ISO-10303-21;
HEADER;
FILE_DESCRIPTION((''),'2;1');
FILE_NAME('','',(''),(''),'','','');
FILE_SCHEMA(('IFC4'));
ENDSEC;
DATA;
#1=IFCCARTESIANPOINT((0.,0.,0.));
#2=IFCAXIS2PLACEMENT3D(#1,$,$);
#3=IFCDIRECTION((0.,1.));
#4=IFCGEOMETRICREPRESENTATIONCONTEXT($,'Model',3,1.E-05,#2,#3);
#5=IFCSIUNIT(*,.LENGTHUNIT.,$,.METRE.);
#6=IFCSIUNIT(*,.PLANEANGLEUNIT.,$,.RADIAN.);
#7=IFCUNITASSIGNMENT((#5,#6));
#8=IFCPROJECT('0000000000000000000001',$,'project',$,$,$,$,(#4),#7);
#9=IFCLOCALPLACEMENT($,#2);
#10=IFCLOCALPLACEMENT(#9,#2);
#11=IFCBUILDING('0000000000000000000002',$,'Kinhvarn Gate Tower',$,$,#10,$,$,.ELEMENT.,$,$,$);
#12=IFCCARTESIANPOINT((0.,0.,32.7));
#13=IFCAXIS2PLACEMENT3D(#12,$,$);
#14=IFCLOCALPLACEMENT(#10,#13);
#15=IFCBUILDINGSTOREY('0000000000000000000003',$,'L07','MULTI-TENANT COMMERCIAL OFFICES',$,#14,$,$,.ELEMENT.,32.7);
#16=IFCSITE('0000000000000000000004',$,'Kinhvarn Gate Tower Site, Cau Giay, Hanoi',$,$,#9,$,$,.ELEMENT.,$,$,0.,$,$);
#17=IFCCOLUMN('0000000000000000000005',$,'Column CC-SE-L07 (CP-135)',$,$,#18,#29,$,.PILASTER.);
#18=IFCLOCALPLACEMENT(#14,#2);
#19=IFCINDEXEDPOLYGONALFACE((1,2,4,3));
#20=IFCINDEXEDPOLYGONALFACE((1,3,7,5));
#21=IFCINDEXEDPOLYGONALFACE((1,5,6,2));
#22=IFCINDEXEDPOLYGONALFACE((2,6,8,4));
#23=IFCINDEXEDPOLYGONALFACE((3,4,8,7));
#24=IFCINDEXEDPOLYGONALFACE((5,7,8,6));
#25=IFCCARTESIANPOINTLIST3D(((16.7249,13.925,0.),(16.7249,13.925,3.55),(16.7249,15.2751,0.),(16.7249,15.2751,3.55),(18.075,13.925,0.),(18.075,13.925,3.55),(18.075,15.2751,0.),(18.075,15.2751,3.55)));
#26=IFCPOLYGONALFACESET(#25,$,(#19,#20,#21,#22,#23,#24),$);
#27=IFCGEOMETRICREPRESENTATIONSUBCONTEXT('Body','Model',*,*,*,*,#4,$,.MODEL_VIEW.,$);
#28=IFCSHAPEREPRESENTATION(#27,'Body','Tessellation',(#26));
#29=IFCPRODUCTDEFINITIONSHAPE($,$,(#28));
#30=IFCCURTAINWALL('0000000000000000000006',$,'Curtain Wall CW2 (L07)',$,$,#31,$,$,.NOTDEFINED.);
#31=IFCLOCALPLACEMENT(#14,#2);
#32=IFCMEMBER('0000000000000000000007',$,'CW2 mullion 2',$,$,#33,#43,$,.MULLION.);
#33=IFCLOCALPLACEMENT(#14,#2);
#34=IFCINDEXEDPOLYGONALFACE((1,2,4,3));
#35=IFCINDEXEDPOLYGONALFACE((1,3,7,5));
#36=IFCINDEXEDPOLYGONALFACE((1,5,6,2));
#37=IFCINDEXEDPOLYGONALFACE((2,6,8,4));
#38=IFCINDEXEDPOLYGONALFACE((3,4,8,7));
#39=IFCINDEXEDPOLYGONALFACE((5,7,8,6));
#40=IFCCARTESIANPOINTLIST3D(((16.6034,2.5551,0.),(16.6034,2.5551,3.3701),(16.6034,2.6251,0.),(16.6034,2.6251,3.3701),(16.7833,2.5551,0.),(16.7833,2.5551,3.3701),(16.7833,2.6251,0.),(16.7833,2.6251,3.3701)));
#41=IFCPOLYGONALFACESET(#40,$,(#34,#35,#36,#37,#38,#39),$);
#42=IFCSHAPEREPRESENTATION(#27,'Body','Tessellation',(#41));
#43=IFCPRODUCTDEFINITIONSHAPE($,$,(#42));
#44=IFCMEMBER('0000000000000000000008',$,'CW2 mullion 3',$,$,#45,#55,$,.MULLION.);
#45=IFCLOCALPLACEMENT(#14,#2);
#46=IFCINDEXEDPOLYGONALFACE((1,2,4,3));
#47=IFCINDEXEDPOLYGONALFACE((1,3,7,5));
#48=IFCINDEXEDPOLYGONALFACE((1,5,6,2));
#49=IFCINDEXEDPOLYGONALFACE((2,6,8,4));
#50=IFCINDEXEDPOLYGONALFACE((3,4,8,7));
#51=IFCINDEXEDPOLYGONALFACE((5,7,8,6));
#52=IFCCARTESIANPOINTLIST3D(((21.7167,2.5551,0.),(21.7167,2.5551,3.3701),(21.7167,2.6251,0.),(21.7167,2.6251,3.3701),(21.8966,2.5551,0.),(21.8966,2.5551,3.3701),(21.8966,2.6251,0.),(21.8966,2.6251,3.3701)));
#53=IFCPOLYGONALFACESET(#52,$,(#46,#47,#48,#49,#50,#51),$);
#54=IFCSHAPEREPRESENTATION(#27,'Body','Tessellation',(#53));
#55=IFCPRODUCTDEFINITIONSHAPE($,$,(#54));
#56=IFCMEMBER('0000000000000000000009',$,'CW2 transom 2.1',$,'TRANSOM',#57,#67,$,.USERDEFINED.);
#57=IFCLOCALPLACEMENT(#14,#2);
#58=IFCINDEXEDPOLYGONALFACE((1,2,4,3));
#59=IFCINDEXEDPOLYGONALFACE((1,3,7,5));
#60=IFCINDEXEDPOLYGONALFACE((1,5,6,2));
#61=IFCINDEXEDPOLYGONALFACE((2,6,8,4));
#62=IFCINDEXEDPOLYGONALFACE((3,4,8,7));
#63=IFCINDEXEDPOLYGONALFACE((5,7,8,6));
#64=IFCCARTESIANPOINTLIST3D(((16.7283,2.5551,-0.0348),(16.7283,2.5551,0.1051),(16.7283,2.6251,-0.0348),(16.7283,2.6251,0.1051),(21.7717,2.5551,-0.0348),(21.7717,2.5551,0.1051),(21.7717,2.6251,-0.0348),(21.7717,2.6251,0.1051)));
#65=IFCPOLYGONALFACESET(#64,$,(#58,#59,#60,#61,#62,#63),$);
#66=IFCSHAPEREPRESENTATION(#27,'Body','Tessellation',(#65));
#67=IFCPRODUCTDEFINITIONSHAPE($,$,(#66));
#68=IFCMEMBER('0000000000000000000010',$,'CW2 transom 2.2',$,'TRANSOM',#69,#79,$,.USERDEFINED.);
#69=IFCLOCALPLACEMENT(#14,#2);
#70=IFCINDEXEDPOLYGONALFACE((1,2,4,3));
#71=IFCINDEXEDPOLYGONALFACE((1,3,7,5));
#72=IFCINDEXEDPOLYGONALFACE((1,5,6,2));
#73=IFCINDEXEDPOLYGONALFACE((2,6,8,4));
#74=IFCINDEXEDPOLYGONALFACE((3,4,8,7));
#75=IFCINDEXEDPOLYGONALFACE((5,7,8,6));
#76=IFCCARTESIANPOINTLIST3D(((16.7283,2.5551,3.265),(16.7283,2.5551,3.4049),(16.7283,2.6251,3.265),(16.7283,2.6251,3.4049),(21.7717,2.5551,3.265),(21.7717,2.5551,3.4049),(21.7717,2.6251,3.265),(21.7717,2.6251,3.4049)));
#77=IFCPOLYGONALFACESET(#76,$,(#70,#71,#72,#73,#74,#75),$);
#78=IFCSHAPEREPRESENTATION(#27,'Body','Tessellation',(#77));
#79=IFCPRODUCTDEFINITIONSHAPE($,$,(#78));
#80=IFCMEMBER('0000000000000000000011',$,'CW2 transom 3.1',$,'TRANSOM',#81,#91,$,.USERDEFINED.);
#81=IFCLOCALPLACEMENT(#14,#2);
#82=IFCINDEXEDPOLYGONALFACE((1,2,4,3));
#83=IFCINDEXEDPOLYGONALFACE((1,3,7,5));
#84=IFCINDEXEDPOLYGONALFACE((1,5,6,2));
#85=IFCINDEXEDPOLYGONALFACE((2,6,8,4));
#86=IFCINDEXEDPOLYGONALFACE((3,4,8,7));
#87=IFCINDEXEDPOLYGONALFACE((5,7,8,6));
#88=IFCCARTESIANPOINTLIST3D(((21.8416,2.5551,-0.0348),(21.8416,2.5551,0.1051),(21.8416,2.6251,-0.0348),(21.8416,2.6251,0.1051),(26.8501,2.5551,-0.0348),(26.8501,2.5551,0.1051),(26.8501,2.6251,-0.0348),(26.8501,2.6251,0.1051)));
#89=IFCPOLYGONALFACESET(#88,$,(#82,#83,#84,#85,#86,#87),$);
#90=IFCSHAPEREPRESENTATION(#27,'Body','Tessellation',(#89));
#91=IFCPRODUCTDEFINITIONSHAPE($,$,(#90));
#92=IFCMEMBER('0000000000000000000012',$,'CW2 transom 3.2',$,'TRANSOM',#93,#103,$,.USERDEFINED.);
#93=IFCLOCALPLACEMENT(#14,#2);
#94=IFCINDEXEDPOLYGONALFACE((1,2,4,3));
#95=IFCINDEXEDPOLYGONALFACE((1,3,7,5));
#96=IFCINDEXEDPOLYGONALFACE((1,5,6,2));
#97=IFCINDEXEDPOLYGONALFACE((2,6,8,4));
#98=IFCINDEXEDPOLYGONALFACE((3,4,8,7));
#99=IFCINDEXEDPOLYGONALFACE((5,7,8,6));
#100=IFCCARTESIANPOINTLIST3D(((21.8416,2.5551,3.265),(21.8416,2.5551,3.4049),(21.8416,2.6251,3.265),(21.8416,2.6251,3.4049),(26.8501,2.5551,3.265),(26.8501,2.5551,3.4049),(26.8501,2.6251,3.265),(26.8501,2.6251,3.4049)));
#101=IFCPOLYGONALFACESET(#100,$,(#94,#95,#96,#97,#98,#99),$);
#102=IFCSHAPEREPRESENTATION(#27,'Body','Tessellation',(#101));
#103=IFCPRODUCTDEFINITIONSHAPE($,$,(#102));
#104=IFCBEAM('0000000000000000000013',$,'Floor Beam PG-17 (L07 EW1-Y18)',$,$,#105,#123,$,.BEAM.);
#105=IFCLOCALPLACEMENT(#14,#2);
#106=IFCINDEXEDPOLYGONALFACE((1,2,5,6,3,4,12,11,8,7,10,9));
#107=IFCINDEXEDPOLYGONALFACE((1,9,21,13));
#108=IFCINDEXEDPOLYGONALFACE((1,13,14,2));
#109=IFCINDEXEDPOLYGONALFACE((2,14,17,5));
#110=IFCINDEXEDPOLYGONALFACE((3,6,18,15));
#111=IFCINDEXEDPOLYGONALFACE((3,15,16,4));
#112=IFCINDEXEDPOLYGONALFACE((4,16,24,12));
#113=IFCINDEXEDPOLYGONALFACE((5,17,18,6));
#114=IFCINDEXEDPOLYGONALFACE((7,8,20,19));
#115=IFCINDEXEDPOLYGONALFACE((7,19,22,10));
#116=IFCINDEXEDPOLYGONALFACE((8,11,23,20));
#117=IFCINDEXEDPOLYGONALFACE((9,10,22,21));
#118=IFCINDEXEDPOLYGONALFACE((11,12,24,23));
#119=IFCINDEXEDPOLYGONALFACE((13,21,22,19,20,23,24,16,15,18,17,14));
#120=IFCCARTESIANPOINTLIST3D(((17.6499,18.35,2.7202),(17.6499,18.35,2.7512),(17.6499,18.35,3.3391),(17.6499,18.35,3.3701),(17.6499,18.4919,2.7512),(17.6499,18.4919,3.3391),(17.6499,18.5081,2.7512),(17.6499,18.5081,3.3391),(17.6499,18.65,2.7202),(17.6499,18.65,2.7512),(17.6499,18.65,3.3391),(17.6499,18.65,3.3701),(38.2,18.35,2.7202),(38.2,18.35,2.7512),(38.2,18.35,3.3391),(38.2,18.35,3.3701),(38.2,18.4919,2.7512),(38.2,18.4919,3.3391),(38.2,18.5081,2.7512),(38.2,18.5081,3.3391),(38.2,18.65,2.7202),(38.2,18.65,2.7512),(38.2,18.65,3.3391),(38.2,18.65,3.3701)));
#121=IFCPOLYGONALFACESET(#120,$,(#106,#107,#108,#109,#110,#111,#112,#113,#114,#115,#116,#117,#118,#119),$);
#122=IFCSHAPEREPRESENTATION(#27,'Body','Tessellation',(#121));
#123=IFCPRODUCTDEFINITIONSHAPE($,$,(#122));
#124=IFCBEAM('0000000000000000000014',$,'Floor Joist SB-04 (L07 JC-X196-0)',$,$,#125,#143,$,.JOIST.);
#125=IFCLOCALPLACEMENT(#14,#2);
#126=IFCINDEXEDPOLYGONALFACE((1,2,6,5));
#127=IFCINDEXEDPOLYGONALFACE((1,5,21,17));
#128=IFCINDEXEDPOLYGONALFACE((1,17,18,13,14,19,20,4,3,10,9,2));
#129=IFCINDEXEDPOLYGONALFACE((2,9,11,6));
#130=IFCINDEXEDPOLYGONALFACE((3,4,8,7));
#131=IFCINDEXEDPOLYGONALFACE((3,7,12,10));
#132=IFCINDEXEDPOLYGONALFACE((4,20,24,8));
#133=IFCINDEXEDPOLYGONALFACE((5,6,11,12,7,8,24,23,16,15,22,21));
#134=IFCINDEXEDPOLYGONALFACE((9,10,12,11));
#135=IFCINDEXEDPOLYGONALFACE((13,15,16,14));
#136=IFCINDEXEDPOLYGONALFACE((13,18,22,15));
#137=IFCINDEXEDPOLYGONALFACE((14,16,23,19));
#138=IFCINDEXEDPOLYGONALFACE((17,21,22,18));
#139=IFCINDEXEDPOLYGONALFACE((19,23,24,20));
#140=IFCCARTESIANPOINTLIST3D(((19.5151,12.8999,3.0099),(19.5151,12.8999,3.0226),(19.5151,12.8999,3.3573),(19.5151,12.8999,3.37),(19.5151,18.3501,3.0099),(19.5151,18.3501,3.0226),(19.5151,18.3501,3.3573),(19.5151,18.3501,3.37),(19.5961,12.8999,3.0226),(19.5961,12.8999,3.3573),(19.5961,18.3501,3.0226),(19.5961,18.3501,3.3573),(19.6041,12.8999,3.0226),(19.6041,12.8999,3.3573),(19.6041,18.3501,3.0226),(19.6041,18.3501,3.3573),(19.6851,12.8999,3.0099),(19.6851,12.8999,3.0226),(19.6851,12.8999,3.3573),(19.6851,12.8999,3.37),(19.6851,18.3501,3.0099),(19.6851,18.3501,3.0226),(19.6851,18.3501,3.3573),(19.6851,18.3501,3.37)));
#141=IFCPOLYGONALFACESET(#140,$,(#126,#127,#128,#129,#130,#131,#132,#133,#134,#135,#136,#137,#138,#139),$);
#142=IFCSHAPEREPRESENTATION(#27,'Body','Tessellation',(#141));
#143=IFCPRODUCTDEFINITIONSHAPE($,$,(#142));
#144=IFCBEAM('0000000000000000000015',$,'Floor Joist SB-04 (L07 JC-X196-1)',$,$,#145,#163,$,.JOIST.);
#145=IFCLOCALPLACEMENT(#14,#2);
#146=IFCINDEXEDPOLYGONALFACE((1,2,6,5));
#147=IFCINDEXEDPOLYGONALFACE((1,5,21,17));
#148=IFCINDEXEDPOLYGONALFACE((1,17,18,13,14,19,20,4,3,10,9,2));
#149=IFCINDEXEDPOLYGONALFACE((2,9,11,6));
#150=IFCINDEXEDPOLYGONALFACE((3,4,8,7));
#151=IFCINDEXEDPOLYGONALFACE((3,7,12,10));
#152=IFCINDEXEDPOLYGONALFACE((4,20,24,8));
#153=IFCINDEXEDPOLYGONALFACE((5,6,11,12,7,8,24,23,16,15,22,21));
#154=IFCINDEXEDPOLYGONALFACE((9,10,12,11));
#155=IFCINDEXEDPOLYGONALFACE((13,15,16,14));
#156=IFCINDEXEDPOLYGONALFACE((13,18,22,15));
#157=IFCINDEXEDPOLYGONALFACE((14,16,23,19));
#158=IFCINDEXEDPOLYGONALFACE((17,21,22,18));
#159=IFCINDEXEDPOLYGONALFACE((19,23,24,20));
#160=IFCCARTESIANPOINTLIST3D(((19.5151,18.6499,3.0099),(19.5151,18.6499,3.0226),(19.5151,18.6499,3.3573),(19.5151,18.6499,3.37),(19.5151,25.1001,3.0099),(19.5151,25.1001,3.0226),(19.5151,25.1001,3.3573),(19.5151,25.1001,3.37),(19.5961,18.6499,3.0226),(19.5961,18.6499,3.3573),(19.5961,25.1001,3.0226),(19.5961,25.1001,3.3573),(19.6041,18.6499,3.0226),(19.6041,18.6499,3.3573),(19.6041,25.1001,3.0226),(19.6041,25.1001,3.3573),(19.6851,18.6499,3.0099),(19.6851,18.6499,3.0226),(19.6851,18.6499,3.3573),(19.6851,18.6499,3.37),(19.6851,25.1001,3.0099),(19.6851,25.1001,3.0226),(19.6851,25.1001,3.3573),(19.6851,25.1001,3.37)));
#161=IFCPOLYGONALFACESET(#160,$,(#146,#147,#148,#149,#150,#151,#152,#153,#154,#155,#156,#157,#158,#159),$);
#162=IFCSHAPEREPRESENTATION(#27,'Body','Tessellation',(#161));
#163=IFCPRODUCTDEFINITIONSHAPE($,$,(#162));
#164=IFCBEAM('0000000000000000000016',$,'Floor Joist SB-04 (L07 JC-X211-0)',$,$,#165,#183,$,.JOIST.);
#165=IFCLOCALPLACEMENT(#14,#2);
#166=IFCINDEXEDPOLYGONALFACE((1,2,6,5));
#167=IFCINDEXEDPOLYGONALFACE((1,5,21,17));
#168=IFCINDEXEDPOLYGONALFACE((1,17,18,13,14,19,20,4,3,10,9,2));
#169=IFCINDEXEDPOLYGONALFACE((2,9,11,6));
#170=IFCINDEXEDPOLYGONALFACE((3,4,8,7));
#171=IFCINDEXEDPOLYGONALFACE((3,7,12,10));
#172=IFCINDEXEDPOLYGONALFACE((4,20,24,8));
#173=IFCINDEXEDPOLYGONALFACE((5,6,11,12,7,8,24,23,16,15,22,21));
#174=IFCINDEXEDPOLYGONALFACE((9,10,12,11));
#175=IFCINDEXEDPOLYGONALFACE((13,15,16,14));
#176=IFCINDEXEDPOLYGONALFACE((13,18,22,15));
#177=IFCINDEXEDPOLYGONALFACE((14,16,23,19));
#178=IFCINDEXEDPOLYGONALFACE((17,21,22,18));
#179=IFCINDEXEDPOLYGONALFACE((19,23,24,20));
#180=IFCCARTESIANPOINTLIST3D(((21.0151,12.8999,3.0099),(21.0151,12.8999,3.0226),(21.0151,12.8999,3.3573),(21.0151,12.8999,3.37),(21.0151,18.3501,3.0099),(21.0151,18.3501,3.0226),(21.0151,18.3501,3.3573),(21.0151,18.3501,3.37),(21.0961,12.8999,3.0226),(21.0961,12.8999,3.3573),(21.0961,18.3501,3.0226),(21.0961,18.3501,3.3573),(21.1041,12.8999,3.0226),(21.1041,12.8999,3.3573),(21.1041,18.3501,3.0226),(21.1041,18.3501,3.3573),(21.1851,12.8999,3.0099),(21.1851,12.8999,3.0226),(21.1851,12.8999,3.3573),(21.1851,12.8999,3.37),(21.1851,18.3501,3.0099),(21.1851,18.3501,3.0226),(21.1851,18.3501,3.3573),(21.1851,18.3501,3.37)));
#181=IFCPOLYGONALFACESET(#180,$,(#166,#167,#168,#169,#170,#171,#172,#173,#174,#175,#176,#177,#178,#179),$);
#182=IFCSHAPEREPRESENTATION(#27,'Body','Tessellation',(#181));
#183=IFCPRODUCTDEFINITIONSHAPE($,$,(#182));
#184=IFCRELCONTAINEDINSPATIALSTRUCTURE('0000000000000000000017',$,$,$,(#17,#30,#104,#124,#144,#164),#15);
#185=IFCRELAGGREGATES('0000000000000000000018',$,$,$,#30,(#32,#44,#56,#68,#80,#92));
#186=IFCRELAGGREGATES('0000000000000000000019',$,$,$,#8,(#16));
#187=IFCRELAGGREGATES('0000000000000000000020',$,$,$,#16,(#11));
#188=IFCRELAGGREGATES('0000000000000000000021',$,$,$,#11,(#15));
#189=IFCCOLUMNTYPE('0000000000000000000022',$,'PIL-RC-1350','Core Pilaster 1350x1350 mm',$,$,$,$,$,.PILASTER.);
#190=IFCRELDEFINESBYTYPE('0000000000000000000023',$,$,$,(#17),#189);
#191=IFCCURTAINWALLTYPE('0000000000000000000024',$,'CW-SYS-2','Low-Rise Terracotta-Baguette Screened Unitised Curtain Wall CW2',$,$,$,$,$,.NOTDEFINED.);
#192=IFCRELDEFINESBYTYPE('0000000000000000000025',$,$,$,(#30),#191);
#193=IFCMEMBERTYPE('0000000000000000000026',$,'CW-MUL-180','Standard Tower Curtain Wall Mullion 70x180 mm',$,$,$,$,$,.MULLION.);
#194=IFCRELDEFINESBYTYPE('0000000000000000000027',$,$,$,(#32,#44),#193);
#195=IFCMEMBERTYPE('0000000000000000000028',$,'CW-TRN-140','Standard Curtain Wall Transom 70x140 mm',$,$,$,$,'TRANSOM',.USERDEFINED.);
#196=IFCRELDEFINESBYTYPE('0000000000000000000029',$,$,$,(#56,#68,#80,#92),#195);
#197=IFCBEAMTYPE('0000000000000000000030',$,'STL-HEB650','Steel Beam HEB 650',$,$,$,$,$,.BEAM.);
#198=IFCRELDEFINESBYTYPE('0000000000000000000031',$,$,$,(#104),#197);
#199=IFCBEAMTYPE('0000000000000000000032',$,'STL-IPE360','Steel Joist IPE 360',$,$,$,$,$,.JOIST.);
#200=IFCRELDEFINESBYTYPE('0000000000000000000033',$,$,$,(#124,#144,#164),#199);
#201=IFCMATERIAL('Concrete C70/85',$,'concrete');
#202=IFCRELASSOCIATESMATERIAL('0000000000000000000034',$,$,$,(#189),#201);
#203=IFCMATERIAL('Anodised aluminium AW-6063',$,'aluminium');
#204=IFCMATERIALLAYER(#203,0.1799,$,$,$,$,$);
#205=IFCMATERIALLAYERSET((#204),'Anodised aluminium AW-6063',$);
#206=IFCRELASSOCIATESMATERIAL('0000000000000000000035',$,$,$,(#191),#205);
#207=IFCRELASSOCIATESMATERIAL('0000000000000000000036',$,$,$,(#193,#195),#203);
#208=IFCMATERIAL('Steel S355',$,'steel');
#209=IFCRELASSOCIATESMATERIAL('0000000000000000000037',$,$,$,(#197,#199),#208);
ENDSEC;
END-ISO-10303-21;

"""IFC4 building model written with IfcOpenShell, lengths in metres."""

from ifc_helpers import new_model, si_unit, direction, frame, origin, origin_2d, place, context, subcontext, project, spatial, rectangle, i_section, extrude, material, layer, layer_set, material_profile, profile_set, type_object, element, aggregate, save


model = new_model("IFC4")

# Units and contexts
model_context = context("Model", 3, precision=1e-05, world=origin(), true_north=direction((0.0, 1.0)))
body_context = subcontext(model_context, "Body", "Model", "MODEL_VIEW")
ifc_project = project(units=[si_unit("LENGTHUNIT", "METRE"), si_unit("PLANEANGLEUNIT", "RADIAN")], contexts=[model_context])

# Site, building, storey
site_placement = place(None, origin())
site = spatial("IfcSite", under=ifc_project, at=site_placement, Name="Kinhvarn Gate Tower Site, Cau Giay, Hanoi", CompositionType="ELEMENT", RefElevation=0.0)
building_placement = place(site_placement, origin())
building = spatial("IfcBuilding", under=site, at=building_placement, Name="Kinhvarn Gate Tower", CompositionType="ELEMENT")
storey_placement = place(building_placement, frame((0.0, 0.0, 32.7)))
storey = spatial("IfcBuildingStorey", under=building, at=storey_placement, Name="L07", Description="MULTI-TENANT COMMERCIAL OFFICES", CompositionType="ELEMENT", Elevation=32.7)

# Column
ifc_material_1 = material(Name="Concrete C70/85", Category="concrete")
ifc_material_profile_1 = material_profile(ifc_material_1, rectangle(XDim=1.3501, YDim=1.3501, at=origin_2d()), Name="RC 1350x1350")
ifc_profile_set_1 = profile_set([ifc_material_profile_1], Name="Concrete C70/85")
column_type = type_object("IfcColumnType", Name="PIL-RC-1350", Description="Core Pilaster 1350x1350 mm", PredefinedType="PILASTER", material=ifc_profile_set_1)
column_placement = place(storey_placement, frame((17.3999, 14.6001, 0.0), z_axis=(0.0, 0.0, 1.0), x_axis=(1.0, 0.0, 0.0)))
element("IfcColumn", 1, at=column_placement, inside=storey, type_object=column_type, Name="Column CC-SE-L07 (CP-135)", PredefinedType="PILASTER", context=body_context, shape_type="SweptSolid", body=[
    extrude(rectangle(XDim=1.3501, YDim=1.3501, at=origin_2d()), origin(), (0.0, 0.0, 1.0), 3.55),
])

# Curtain wall, members
ifc_material_2 = material(Name="Anodised aluminium AW-6063", Category="aluminium")
ifc_layer_1 = layer(ifc_material_2, 0.1799)
ifc_layer_set_1 = layer_set([ifc_layer_1], Name="Anodised aluminium AW-6063")
curtain_wall_type = type_object("IfcCurtainWallType", Name="CW-SYS-2", Description="Low-Rise Terracotta-Baguette Screened Unitised Curtain Wall CW2", PredefinedType="NOTDEFINED", material=ifc_layer_set_1)
curtain_wall_placement = place(storey_placement, origin())
curtain_wall = element("IfcCurtainWall", 2, at=curtain_wall_placement, inside=storey, type_object=curtain_wall_type, Name="Curtain Wall CW2 (L07)", PredefinedType="NOTDEFINED")
ifc_material_profile_2 = material_profile(ifc_material_2, rectangle(XDim=0.0701, YDim=0.1799, at=origin_2d()), Name="ALU 70x180")
ifc_profile_set_2 = profile_set([ifc_material_profile_2], Name="Anodised aluminium AW-6063")
member_type_1 = type_object("IfcMemberType", Name="CW-MUL-180", Description="Standard Tower Curtain Wall Mullion 70x180 mm", PredefinedType="MULLION", material=ifc_profile_set_2)
member_1_placement = place(storey_placement, frame((16.6934, 2.5901, 0.0), z_axis=(0.0, 0.0, 1.0), x_axis=(0.0, 1.0, 0.0)))
member_1 = element("IfcMember", 3, at=member_1_placement, type_object=member_type_1, Name="CW2 mullion 2", PredefinedType="MULLION", context=body_context, shape_type="SweptSolid", body=[
    extrude(rectangle(XDim=0.0701, YDim=0.1799, at=origin_2d()), origin(), (0.0, 0.0, 1.0), 3.3701),
])
member_2_placement = place(storey_placement, frame((21.8066, 2.5901, 0.0), z_axis=(0.0, 0.0, 1.0), x_axis=(0.0, 1.0, 0.0)))
member_2 = element("IfcMember", 4, at=member_2_placement, type_object=member_type_1, Name="CW2 mullion 3", PredefinedType="MULLION", context=body_context, shape_type="SweptSolid", body=[
    extrude(rectangle(XDim=0.0701, YDim=0.1799, at=origin_2d()), origin(), (0.0, 0.0, 1.0), 3.3701),
])
ifc_material_profile_3 = material_profile(ifc_material_2, rectangle(XDim=0.0701, YDim=0.1399, at=origin_2d()), Name="ALU 70x140")
ifc_profile_set_3 = profile_set([ifc_material_profile_3], Name="Anodised aluminium AW-6063")
member_type_2 = type_object("IfcMemberType", Name="CW-TRN-140", Description="Standard Curtain Wall Transom 70x140 mm", ElementType="TRANSOM", PredefinedType="USERDEFINED", material=ifc_profile_set_3)
member_3_placement = place(storey_placement, frame((16.7283, 2.5901, 0.0352), z_axis=(1.0, 0.0, 0.0), x_axis=(0.0, 1.0, 0.0)))
member_3 = element("IfcMember", 5, at=member_3_placement, type_object=member_type_2, Name="CW2 transom 2.1", ObjectType="TRANSOM", PredefinedType="USERDEFINED", context=body_context, shape_type="SweptSolid", body=[
    extrude(rectangle(XDim=0.0701, YDim=0.1399, at=origin_2d()), origin(), (0.0, 0.0, 1.0), 5.0435),
])
member_4_placement = place(storey_placement, frame((16.7283, 2.5901, 3.335), z_axis=(1.0, 0.0, 0.0), x_axis=(0.0, 1.0, 0.0)))
member_4 = element("IfcMember", 6, at=member_4_placement, type_object=member_type_2, Name="CW2 transom 2.2", ObjectType="TRANSOM", PredefinedType="USERDEFINED", context=body_context, shape_type="SweptSolid", body=[
    extrude(rectangle(XDim=0.0701, YDim=0.1399, at=origin_2d()), origin(), (0.0, 0.0, 1.0), 5.0435),
])
member_5_placement = place(storey_placement, frame((21.8416, 2.5901, 0.0352), z_axis=(1.0, 0.0, 0.0), x_axis=(0.0, 1.0, 0.0)))
member_5 = element("IfcMember", 7, at=member_5_placement, type_object=member_type_2, Name="CW2 transom 3.1", ObjectType="TRANSOM", PredefinedType="USERDEFINED", context=body_context, shape_type="SweptSolid", body=[
    extrude(rectangle(XDim=0.0701, YDim=0.1399, at=origin_2d()), origin(), (0.0, 0.0, 1.0), 5.0085),
])
member_6_placement = place(storey_placement, frame((21.8416, 2.5901, 3.335), z_axis=(1.0, 0.0, 0.0), x_axis=(0.0, 1.0, 0.0)))
member_6 = element("IfcMember", 8, at=member_6_placement, type_object=member_type_2, Name="CW2 transom 3.2", ObjectType="TRANSOM", PredefinedType="USERDEFINED", context=body_context, shape_type="SweptSolid", body=[
    extrude(rectangle(XDim=0.0701, YDim=0.1399, at=origin_2d()), origin(), (0.0, 0.0, 1.0), 5.0085),
])

# Beams
ifc_material_3 = material(Name="Steel S355", Category="steel")
ifc_material_profile_4 = material_profile(ifc_material_3, i_section(OverallWidth=0.3, OverallDepth=0.6499, WebThickness=0.0161, FlangeThickness=0.031, at=origin_2d()), Name="HEB 650")
ifc_profile_set_4 = profile_set([ifc_material_profile_4], Name="Steel S355")
beam_type_1 = type_object("IfcBeamType", Name="STL-HEB650", Description="Steel Beam HEB 650", PredefinedType="BEAM", material=ifc_profile_set_4)
beam_1_placement = place(storey_placement, frame((17.6499, 18.5, 3.0452), z_axis=(1.0, 0.0, 0.0), x_axis=(0.0, 1.0, 0.0)))
element("IfcBeam", 9, at=beam_1_placement, inside=storey, type_object=beam_type_1, Name="Floor Beam PG-17 (L07 EW1-Y18)", PredefinedType="BEAM", context=body_context, shape_type="SweptSolid", body=[
    extrude(i_section(OverallWidth=0.3, OverallDepth=0.6499, WebThickness=0.0161, FlangeThickness=0.031, at=origin_2d()), origin(), (0.0, 0.0, 1.0), 20.55),
])
ifc_material_profile_5 = material_profile(ifc_material_3, i_section(OverallWidth=0.1699, OverallDepth=0.3601, WebThickness=0.0081, FlangeThickness=0.0127, at=origin_2d()), Name="IPE 360")
ifc_profile_set_5 = profile_set([ifc_material_profile_5], Name="Steel S355")
beam_type_2 = type_object("IfcBeamType", Name="STL-IPE360", Description="Steel Joist IPE 360", PredefinedType="JOIST", material=ifc_profile_set_5)
beam_2_placement = place(storey_placement, frame((19.6001, 12.8999, 3.1899), z_axis=(0.0, 1.0, 0.0), x_axis=(-1.0, 0.0, 0.0)))
element("IfcBeam", 10, at=beam_2_placement, inside=storey, type_object=beam_type_2, Name="Floor Joist SB-04 (L07 JC-X196-0)", PredefinedType="JOIST", context=body_context, shape_type="SweptSolid", body=[
    extrude(i_section(OverallWidth=0.1699, OverallDepth=0.3601, WebThickness=0.0081, FlangeThickness=0.0127, at=origin_2d()), origin(), (0.0, 0.0, 1.0), 5.4502),
])
beam_3_placement = place(storey_placement, frame((19.6001, 18.6499, 3.1899), z_axis=(0.0, 1.0, 0.0), x_axis=(-1.0, 0.0, 0.0)))
element("IfcBeam", 11, at=beam_3_placement, inside=storey, type_object=beam_type_2, Name="Floor Joist SB-04 (L07 JC-X196-1)", PredefinedType="JOIST", context=body_context, shape_type="SweptSolid", body=[
    extrude(i_section(OverallWidth=0.1699, OverallDepth=0.3601, WebThickness=0.0081, FlangeThickness=0.0127, at=origin_2d()), origin(), (0.0, 0.0, 1.0), 6.4502),
])
beam_4_placement = place(storey_placement, frame((21.1001, 12.8999, 3.1899), z_axis=(0.0, 1.0, 0.0), x_axis=(-1.0, 0.0, 0.0)))
element("IfcBeam", 12, at=beam_4_placement, inside=storey, type_object=beam_type_2, Name="Floor Joist SB-04 (L07 JC-X211-0)", PredefinedType="JOIST", context=body_context, shape_type="SweptSolid", body=[
    extrude(i_section(OverallWidth=0.1699, OverallDepth=0.3601, WebThickness=0.0081, FlangeThickness=0.0127, at=origin_2d()), origin(), (0.0, 0.0, 1.0), 5.4502),
])

aggregate(curtain_wall, [member_1, member_2, member_3, member_4, member_5, member_6])

save(model, "model.ifc")
